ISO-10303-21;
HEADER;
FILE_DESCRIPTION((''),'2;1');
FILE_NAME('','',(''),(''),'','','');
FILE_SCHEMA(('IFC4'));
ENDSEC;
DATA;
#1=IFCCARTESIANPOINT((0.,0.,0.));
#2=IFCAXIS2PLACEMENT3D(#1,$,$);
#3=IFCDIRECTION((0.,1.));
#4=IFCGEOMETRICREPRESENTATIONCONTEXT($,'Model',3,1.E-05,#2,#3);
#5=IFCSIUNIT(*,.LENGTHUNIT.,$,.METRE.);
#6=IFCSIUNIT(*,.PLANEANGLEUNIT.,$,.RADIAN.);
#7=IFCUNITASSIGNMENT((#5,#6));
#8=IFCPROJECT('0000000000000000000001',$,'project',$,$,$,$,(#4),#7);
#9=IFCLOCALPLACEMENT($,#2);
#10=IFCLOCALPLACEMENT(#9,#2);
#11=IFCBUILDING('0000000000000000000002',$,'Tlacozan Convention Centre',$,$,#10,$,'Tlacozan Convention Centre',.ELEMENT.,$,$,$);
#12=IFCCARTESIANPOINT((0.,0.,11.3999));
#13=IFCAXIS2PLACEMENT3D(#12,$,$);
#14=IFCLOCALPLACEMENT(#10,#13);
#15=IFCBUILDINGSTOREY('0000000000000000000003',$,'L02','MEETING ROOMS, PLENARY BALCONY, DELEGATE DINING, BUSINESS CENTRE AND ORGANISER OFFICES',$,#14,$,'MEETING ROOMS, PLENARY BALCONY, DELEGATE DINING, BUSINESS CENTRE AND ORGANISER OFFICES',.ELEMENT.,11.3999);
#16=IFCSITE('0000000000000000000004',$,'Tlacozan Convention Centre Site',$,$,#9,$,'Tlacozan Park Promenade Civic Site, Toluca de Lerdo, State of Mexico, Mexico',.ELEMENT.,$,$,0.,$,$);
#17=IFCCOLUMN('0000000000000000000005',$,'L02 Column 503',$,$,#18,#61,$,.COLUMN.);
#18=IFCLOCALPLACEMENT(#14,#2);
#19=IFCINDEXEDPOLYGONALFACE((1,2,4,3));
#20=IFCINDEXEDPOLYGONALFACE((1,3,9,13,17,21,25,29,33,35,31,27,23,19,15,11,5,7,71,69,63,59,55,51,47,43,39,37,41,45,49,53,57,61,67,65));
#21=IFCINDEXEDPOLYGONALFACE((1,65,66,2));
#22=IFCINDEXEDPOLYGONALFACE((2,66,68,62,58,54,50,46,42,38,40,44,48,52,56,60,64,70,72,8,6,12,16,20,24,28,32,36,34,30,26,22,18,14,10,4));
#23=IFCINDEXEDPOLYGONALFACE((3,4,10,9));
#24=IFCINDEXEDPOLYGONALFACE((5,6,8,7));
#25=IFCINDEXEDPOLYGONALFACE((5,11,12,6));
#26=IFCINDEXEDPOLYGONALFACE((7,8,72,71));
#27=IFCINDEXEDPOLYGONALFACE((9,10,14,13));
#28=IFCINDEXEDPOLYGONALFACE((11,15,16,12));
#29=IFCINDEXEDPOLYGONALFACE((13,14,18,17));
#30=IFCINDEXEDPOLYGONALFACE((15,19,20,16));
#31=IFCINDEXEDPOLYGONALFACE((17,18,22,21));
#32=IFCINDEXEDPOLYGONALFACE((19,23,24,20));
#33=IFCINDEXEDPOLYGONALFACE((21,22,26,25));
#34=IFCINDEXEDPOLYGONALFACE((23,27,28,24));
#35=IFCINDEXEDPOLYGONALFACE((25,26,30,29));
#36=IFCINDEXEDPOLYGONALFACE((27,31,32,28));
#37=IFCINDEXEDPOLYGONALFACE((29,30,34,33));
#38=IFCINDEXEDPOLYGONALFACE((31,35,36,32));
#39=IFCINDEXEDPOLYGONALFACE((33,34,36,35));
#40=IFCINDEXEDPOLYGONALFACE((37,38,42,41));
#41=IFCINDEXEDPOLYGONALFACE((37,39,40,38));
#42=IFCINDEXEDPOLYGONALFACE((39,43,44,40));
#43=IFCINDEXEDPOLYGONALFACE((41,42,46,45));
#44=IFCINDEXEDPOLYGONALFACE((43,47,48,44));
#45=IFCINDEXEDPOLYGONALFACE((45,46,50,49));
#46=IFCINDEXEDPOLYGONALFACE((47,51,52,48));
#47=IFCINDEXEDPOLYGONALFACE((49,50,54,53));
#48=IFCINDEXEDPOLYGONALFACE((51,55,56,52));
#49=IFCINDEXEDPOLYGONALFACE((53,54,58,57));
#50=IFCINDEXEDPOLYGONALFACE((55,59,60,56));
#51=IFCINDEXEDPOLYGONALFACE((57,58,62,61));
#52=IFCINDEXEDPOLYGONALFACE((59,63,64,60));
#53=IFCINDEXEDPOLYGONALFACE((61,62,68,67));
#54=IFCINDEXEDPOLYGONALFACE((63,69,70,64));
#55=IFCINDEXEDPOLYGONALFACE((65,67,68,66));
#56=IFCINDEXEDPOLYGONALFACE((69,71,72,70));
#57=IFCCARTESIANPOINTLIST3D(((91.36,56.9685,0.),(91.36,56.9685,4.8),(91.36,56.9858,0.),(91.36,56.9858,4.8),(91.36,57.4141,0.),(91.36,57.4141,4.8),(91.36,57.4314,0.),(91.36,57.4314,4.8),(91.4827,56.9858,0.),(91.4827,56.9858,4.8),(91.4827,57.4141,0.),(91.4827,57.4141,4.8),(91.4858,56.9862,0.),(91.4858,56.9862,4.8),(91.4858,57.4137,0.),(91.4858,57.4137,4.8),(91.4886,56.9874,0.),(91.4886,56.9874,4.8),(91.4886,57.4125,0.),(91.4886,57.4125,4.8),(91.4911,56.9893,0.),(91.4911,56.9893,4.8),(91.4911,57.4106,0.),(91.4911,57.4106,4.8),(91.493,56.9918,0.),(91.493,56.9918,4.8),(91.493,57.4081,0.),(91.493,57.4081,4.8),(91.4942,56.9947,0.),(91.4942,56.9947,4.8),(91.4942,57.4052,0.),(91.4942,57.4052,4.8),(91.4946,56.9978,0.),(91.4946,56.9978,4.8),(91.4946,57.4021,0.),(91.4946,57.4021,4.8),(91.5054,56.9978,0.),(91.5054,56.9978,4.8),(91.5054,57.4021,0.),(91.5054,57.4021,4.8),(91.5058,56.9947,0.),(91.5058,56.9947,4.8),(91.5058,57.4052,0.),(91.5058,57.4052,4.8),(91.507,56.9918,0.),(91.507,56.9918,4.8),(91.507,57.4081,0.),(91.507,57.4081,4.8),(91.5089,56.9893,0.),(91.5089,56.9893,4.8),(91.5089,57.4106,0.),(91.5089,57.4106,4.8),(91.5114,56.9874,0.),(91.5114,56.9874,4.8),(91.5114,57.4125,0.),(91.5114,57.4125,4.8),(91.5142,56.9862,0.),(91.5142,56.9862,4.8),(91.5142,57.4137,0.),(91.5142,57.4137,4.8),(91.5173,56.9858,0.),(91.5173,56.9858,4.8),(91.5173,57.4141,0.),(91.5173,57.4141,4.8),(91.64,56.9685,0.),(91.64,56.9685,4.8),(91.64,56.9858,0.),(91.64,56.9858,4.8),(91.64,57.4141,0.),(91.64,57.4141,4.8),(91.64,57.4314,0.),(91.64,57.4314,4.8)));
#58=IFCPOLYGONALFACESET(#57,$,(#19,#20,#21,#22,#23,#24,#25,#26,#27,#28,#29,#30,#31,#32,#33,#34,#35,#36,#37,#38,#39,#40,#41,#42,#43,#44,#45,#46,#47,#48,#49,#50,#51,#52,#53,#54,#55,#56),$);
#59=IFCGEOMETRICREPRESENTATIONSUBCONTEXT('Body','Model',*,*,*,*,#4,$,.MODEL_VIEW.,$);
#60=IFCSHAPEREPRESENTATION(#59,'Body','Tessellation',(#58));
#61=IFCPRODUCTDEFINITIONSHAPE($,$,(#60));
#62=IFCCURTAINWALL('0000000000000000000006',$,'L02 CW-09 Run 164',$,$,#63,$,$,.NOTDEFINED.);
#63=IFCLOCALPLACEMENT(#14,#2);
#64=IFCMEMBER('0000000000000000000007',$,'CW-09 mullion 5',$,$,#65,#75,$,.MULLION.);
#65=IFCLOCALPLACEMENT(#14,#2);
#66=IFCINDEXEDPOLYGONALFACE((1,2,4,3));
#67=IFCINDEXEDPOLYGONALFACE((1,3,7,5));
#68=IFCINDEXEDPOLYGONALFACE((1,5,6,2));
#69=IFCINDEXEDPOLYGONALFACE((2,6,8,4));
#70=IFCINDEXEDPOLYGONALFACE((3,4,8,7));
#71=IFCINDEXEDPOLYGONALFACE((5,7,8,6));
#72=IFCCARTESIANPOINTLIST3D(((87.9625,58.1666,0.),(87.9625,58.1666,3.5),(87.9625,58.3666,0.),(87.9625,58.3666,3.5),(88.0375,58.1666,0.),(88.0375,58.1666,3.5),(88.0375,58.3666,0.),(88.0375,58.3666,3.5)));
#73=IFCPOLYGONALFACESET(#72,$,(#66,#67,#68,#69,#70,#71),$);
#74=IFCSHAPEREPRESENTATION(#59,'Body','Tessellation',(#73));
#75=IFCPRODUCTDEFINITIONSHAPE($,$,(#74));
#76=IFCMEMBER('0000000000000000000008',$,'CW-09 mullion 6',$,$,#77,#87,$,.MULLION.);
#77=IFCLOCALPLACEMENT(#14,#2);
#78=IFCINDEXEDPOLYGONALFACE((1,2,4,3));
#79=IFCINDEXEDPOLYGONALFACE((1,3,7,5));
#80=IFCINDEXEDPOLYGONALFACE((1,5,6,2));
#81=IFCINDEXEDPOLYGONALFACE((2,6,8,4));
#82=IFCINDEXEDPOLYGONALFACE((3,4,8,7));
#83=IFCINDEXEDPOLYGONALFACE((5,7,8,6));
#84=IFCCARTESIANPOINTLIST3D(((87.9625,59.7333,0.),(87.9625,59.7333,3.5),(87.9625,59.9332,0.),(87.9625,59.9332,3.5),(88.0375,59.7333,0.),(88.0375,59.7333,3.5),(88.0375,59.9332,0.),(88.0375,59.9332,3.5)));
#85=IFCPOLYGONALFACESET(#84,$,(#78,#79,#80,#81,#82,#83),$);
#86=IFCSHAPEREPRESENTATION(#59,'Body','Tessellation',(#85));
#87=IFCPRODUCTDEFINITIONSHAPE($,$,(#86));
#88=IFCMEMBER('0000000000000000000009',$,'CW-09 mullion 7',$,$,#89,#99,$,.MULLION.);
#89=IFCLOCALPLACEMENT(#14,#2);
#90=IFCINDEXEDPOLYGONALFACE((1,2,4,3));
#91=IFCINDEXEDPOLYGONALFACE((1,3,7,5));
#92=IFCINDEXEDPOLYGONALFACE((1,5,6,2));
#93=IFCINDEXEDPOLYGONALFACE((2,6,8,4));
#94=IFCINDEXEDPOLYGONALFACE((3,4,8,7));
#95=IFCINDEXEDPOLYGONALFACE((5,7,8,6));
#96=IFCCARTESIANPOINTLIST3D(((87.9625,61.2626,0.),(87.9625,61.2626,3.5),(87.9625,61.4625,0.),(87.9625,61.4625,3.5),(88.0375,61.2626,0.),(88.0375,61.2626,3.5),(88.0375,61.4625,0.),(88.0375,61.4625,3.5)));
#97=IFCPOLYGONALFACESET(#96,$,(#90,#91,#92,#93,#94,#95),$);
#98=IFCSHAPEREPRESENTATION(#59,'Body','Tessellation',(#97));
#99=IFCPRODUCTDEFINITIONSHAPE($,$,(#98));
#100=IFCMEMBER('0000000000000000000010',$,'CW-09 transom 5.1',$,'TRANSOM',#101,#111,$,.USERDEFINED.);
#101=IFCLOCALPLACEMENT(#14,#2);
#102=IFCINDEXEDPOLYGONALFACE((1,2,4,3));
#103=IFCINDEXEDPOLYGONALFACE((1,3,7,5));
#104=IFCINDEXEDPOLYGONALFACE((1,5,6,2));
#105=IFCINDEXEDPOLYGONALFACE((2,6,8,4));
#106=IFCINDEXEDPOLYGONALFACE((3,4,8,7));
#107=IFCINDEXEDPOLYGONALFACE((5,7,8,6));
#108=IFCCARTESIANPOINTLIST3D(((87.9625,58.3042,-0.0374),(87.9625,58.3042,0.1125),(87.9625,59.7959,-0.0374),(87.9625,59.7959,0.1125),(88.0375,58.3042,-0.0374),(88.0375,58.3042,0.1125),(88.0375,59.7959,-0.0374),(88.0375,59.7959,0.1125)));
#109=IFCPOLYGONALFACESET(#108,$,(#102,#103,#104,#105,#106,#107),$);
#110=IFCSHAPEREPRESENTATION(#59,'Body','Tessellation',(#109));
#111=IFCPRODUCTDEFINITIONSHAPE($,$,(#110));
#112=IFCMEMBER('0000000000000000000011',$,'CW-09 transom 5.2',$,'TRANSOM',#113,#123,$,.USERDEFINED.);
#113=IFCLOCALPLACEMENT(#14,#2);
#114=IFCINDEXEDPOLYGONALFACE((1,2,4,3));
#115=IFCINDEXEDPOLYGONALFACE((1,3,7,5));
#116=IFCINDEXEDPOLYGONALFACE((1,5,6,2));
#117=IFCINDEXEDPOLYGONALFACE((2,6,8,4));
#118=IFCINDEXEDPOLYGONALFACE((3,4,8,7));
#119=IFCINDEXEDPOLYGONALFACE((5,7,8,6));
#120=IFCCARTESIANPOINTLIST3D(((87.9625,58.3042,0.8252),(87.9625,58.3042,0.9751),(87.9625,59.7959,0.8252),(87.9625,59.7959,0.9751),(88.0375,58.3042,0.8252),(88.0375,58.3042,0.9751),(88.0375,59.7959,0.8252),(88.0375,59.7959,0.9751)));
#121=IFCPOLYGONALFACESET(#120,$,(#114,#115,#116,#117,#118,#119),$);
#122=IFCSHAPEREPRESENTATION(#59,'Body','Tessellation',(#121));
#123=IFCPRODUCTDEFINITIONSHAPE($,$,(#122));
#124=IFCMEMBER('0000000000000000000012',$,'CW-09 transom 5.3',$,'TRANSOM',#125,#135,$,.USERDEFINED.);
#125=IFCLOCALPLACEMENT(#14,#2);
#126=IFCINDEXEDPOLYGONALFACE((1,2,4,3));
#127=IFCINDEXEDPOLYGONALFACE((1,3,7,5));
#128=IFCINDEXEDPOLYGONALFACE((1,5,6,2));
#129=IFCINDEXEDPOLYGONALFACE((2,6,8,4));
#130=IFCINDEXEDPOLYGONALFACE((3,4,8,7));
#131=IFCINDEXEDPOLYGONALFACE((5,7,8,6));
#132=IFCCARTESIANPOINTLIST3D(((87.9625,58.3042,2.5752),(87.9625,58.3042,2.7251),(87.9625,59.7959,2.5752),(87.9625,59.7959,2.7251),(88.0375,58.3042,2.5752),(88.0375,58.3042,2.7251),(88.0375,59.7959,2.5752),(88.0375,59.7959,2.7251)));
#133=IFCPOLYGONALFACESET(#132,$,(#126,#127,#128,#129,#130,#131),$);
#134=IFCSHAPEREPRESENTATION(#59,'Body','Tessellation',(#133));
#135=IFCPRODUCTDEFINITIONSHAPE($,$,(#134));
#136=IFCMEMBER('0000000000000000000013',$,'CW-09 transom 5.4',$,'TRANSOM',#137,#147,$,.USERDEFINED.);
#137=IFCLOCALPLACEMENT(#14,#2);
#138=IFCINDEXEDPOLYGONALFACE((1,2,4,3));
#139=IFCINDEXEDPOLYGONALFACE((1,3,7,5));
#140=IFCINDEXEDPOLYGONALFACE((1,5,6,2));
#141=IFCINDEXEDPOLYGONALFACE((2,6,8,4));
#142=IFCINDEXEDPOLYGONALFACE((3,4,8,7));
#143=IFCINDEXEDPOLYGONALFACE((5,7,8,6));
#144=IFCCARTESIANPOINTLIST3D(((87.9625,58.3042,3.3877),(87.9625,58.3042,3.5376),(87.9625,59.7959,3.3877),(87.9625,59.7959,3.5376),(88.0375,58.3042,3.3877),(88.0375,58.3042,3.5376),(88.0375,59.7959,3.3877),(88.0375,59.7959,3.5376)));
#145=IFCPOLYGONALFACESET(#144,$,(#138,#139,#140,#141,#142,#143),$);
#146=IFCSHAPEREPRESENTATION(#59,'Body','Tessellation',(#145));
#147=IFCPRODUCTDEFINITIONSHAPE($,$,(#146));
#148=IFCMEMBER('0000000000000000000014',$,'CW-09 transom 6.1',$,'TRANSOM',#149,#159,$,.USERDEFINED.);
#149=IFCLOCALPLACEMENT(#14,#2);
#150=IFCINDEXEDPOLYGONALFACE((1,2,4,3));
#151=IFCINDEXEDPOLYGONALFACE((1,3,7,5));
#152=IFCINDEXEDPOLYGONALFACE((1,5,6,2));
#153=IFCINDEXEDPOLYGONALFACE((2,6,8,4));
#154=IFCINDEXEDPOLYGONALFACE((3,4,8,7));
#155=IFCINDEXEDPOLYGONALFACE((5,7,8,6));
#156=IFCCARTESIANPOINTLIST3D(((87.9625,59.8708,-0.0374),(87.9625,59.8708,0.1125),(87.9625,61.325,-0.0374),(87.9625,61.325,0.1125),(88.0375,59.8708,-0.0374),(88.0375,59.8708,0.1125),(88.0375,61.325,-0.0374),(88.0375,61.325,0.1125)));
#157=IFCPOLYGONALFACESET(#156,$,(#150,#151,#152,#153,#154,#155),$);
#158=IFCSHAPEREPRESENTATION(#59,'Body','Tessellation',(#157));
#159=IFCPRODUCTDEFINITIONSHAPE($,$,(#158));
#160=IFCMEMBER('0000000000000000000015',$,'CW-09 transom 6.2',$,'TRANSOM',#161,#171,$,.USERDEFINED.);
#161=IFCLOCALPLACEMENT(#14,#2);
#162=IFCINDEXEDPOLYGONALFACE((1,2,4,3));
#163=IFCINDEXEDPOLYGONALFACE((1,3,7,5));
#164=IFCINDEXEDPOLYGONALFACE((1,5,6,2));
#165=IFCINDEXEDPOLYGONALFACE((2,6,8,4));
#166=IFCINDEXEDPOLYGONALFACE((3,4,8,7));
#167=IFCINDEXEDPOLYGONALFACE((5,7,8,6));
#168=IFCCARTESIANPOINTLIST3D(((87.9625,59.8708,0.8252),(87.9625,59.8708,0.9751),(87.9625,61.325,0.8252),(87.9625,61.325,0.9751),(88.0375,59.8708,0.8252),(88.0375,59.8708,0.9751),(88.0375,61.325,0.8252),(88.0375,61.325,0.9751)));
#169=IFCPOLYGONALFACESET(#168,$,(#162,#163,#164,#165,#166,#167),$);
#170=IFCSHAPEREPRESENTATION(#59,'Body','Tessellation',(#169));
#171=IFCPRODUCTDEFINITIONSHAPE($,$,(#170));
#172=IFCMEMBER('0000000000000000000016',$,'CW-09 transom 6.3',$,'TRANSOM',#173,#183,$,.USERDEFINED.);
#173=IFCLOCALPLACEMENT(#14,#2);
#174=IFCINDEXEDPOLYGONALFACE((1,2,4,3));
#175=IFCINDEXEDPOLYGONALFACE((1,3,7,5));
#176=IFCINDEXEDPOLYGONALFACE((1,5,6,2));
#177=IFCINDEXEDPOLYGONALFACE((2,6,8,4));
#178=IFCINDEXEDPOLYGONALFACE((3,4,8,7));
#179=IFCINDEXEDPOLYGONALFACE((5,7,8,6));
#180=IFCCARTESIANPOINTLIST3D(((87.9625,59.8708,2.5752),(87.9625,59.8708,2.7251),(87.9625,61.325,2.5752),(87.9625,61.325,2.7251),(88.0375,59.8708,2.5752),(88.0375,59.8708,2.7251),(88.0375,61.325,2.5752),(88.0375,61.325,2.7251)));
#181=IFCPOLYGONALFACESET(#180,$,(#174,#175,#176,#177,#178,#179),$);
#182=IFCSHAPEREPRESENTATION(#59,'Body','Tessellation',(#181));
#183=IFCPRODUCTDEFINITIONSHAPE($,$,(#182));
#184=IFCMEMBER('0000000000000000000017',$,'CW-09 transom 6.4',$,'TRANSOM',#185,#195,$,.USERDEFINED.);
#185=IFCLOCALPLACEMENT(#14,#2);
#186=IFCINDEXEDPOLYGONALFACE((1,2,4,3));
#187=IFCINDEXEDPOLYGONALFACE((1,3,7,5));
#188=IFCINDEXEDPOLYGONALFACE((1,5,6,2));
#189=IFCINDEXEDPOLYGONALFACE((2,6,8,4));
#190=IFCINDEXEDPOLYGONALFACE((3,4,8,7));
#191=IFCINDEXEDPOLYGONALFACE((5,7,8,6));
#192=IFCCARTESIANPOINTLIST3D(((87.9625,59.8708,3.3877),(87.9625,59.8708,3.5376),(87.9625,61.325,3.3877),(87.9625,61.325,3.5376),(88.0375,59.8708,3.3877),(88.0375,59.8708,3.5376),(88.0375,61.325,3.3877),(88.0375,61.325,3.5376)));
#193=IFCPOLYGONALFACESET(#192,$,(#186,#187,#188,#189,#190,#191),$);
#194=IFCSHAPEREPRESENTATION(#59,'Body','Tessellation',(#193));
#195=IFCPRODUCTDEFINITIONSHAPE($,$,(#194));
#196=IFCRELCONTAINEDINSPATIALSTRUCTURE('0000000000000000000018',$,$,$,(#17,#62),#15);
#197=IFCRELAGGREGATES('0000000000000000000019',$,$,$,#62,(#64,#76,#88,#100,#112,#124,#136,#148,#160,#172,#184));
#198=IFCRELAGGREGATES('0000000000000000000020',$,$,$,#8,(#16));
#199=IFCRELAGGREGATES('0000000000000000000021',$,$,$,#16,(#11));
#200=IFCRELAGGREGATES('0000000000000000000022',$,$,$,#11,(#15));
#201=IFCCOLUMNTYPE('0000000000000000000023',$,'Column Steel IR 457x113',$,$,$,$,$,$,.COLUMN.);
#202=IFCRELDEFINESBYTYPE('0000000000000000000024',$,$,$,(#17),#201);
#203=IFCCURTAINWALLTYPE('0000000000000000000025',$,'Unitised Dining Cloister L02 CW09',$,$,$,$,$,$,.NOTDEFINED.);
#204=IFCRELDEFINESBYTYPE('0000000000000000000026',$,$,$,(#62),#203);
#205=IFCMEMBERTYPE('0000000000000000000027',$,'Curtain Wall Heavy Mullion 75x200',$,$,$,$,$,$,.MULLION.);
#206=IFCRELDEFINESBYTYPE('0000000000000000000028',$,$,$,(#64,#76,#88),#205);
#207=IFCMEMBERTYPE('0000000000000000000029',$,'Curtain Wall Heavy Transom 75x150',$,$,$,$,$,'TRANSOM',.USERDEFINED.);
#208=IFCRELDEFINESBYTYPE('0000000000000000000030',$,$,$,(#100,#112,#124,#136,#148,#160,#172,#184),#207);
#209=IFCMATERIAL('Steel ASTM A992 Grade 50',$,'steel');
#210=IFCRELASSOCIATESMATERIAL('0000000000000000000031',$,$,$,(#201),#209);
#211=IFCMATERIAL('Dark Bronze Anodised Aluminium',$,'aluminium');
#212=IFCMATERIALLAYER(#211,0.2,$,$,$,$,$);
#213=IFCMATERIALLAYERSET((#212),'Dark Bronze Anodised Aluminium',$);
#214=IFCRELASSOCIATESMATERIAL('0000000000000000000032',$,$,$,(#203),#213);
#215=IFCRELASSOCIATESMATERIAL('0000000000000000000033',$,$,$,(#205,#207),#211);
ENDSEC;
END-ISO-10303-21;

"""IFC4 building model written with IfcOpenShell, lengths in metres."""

from ifc_helpers import new_model, si_unit, direction, frame, origin, origin_2d, place, context, subcontext, project, spatial, rectangle, i_section, extrude, material, layer, layer_set, material_profile, profile_set, type_object, element, aggregate, save


model = new_model("IFC4")

# Units and contexts
model_context = context("Model", 3, precision=1e-05, world=origin(), true_north=direction((0.0, 1.0)))
body_context = subcontext(model_context, "Body", "Model", "MODEL_VIEW")
ifc_project = project(units=[si_unit("LENGTHUNIT", "METRE"), si_unit("PLANEANGLEUNIT", "RADIAN")], contexts=[model_context])

# Site, building, storey
site_placement = place(None, origin())
site = spatial("IfcSite", under=ifc_project, at=site_placement, Name="Tlacozan Convention Centre Site", LongName="Tlacozan Park Promenade Civic Site, Toluca de Lerdo, State of Mexico, Mexico", CompositionType="ELEMENT", RefElevation=0.0)
building_placement = place(site_placement, origin())
building = spatial("IfcBuilding", under=site, at=building_placement, Name="Tlacozan Convention Centre", LongName="Tlacozan Convention Centre", CompositionType="ELEMENT")
storey_placement = place(building_placement, frame((0.0, 0.0, 11.3999)))
storey = spatial("IfcBuildingStorey", under=building, at=storey_placement, Name="L02", Description="MEETING ROOMS, PLENARY BALCONY, DELEGATE DINING, BUSINESS CENTRE AND ORGANISER OFFICES", LongName="MEETING ROOMS, PLENARY BALCONY, DELEGATE DINING, BUSINESS CENTRE AND ORGANISER OFFICES", CompositionType="ELEMENT", Elevation=11.3999)

# Column
ifc_material_1 = material(Name="Steel ASTM A992 Grade 50", Category="steel")
ifc_material_profile_1 = material_profile(ifc_material_1, i_section(OverallWidth=0.28, OverallDepth=0.4629, WebThickness=0.0107, FlangeThickness=0.0173, FilletRadius=0.012, at=origin_2d()), Name="IR 457x113.0")
ifc_profile_set_1 = profile_set([ifc_material_profile_1], Name="Steel ASTM A992 Grade 50")
column_type = type_object("IfcColumnType", Name="Column Steel IR 457x113", PredefinedType="COLUMN", material=ifc_profile_set_1)
column_placement = place(storey_placement, frame((91.5, 57.2, 0.0), z_axis=(0.0, 0.0, 1.0), x_axis=(1.0, 0.0, 0.0)))
element("IfcColumn", 1, at=column_placement, inside=storey, type_object=column_type, Name="L02 Column 503", PredefinedType="COLUMN", context=body_context, shape_type="SweptSolid", body=[
    extrude(i_section(OverallWidth=0.28, OverallDepth=0.4629, WebThickness=0.0107, FlangeThickness=0.0173, FilletRadius=0.012, at=origin_2d()), origin(), (0.0, 0.0, 1.0), 4.8),
])

# Curtain wall, members
ifc_material_2 = material(Name="Dark Bronze Anodised Aluminium", Category="aluminium")
ifc_layer_1 = layer(ifc_material_2, 0.2)
ifc_layer_set_1 = layer_set([ifc_layer_1], Name="Dark Bronze Anodised Aluminium")
curtain_wall_type = type_object("IfcCurtainWallType", Name="Unitised Dining Cloister L02 CW09", PredefinedType="NOTDEFINED", material=ifc_layer_set_1)
curtain_wall_placement = place(storey_placement, origin())
curtain_wall = element("IfcCurtainWall", 2, at=curtain_wall_placement, inside=storey, type_object=curtain_wall_type, Name="L02 CW-09 Run 164", PredefinedType="NOTDEFINED")
ifc_material_profile_2 = material_profile(ifc_material_2, rectangle(XDim=0.075, YDim=0.2, at=origin_2d()), Name="ALU 75x200")
ifc_profile_set_2 = profile_set([ifc_material_profile_2], Name="Dark Bronze Anodised Aluminium")
member_type_1 = type_object("IfcMemberType", Name="Curtain Wall Heavy Mullion 75x200", PredefinedType="MULLION", material=ifc_profile_set_2)
member_1_placement = place(storey_placement, frame((88.0, 58.2666, 0.0), z_axis=(0.0, 0.0, 1.0), x_axis=(-1.0, 0.0, 0.0)))
member_1 = element("IfcMember", 3, at=member_1_placement, type_object=member_type_1, Name="CW-09 mullion 5", PredefinedType="MULLION", context=body_context, shape_type="SweptSolid", body=[
    extrude(rectangle(XDim=0.075, YDim=0.2, at=origin_2d()), origin(), (0.0, 0.0, 1.0), 3.5),
])
member_2_placement = place(storey_placement, frame((88.0, 59.8333, 0.0), z_axis=(0.0, 0.0, 1.0), x_axis=(-1.0, 0.0, 0.0)))
member_2 = element("IfcMember", 4, at=member_2_placement, type_object=member_type_1, Name="CW-09 mullion 6", PredefinedType="MULLION", context=body_context, shape_type="SweptSolid", body=[
    extrude(rectangle(XDim=0.075, YDim=0.2, at=origin_2d()), origin(), (0.0, 0.0, 1.0), 3.5),
])
member_3_placement = place(storey_placement, frame((88.0, 61.3625, 0.0), z_axis=(0.0, 0.0, 1.0), x_axis=(-1.0, 0.0, 0.0)))
member_3 = element("IfcMember", 5, at=member_3_placement, type_object=member_type_1, Name="CW-09 mullion 7", PredefinedType="MULLION", context=body_context, shape_type="SweptSolid", body=[
    extrude(rectangle(XDim=0.075, YDim=0.2, at=origin_2d()), origin(), (0.0, 0.0, 1.0), 3.5),
])
ifc_material_profile_3 = material_profile(ifc_material_2, rectangle(XDim=0.075, YDim=0.1499, at=origin_2d()), Name="ALU 75x150")
ifc_profile_set_3 = profile_set([ifc_material_profile_3], Name="Dark Bronze Anodised Aluminium")
member_type_2 = type_object("IfcMemberType", Name="Curtain Wall Heavy Transom 75x150", ElementType="TRANSOM", PredefinedType="USERDEFINED", material=ifc_profile_set_3)
member_4_placement = place(storey_placement, frame((88.0, 58.3042, 0.0376), z_axis=(0.0, 1.0, 0.0), x_axis=(-1.0, 0.0, 0.0)))
member_4 = element("IfcMember", 6, at=member_4_placement, type_object=member_type_2, Name="CW-09 transom 5.1", ObjectType="TRANSOM", PredefinedType="USERDEFINED", context=body_context, shape_type="SweptSolid", body=[
    extrude(rectangle(XDim=0.075, YDim=0.1499, at=origin_2d()), origin(), (0.0, 0.0, 1.0), 1.4917),
])
member_5_placement = place(storey_placement, frame((88.0, 58.3042, 0.9001), z_axis=(0.0, 1.0, 0.0), x_axis=(-1.0, 0.0, 0.0)))
member_5 = element("IfcMember", 7, at=member_5_placement, type_object=member_type_2, Name="CW-09 transom 5.2", ObjectType="TRANSOM", PredefinedType="USERDEFINED", context=body_context, shape_type="SweptSolid", body=[
    extrude(rectangle(XDim=0.075, YDim=0.1499, at=origin_2d()), origin(), (0.0, 0.0, 1.0), 1.4917),
])
member_6_placement = place(storey_placement, frame((88.0, 58.3042, 2.6501), z_axis=(0.0, 1.0, 0.0), x_axis=(-1.0, 0.0, 0.0)))
member_6 = element("IfcMember", 8, at=member_6_placement, type_object=member_type_2, Name="CW-09 transom 5.3", ObjectType="TRANSOM", PredefinedType="USERDEFINED", context=body_context, shape_type="SweptSolid", body=[
    extrude(rectangle(XDim=0.075, YDim=0.1499, at=origin_2d()), origin(), (0.0, 0.0, 1.0), 1.4917),
])
member_7_placement = place(storey_placement, frame((88.0, 58.3042, 3.4626), z_axis=(0.0, 1.0, 0.0), x_axis=(-1.0, 0.0, 0.0)))
member_7 = element("IfcMember", 9, at=member_7_placement, type_object=member_type_2, Name="CW-09 transom 5.4", ObjectType="TRANSOM", PredefinedType="USERDEFINED", context=body_context, shape_type="SweptSolid", body=[
    extrude(rectangle(XDim=0.075, YDim=0.1499, at=origin_2d()), origin(), (0.0, 0.0, 1.0), 1.4917),
])
member_8_placement = place(storey_placement, frame((88.0, 59.8708, 0.0376), z_axis=(0.0, 1.0, 0.0), x_axis=(-1.0, 0.0, 0.0)))
member_8 = element("IfcMember", 10, at=member_8_placement, type_object=member_type_2, Name="CW-09 transom 6.1", ObjectType="TRANSOM", PredefinedType="USERDEFINED", context=body_context, shape_type="SweptSolid", body=[
    extrude(rectangle(XDim=0.075, YDim=0.1499, at=origin_2d()), origin(), (0.0, 0.0, 1.0), 1.4541),
])
member_9_placement = place(storey_placement, frame((88.0, 59.8708, 0.9001), z_axis=(0.0, 1.0, 0.0), x_axis=(-1.0, 0.0, 0.0)))
member_9 = element("IfcMember", 11, at=member_9_placement, type_object=member_type_2, Name="CW-09 transom 6.2", ObjectType="TRANSOM", PredefinedType="USERDEFINED", context=body_context, shape_type="SweptSolid", body=[
    extrude(rectangle(XDim=0.075, YDim=0.1499, at=origin_2d()), origin(), (0.0, 0.0, 1.0), 1.4541),
])
member_10_placement = place(storey_placement, frame((88.0, 59.8708, 2.6501), z_axis=(0.0, 1.0, 0.0), x_axis=(-1.0, 0.0, 0.0)))
member_10 = element("IfcMember", 12, at=member_10_placement, type_object=member_type_2, Name="CW-09 transom 6.3", ObjectType="TRANSOM", PredefinedType="USERDEFINED", context=body_context, shape_type="SweptSolid", body=[
    extrude(rectangle(XDim=0.075, YDim=0.1499, at=origin_2d()), origin(), (0.0, 0.0, 1.0), 1.4541),
])
member_11_placement = place(storey_placement, frame((88.0, 59.8708, 3.4626), z_axis=(0.0, 1.0, 0.0), x_axis=(-1.0, 0.0, 0.0)))
member_11 = element("IfcMember", 13, at=member_11_placement, type_object=member_type_2, Name="CW-09 transom 6.4", ObjectType="TRANSOM", PredefinedType="USERDEFINED", context=body_context, shape_type="SweptSolid", body=[
    extrude(rectangle(XDim=0.075, YDim=0.1499, at=origin_2d()), origin(), (0.0, 0.0, 1.0), 1.4541),
])

aggregate(curtain_wall, [member_1, member_2, member_3, member_4, member_5, member_6, member_7, member_8, member_9, member_10, member_11])

save(model, "model.ifc")
